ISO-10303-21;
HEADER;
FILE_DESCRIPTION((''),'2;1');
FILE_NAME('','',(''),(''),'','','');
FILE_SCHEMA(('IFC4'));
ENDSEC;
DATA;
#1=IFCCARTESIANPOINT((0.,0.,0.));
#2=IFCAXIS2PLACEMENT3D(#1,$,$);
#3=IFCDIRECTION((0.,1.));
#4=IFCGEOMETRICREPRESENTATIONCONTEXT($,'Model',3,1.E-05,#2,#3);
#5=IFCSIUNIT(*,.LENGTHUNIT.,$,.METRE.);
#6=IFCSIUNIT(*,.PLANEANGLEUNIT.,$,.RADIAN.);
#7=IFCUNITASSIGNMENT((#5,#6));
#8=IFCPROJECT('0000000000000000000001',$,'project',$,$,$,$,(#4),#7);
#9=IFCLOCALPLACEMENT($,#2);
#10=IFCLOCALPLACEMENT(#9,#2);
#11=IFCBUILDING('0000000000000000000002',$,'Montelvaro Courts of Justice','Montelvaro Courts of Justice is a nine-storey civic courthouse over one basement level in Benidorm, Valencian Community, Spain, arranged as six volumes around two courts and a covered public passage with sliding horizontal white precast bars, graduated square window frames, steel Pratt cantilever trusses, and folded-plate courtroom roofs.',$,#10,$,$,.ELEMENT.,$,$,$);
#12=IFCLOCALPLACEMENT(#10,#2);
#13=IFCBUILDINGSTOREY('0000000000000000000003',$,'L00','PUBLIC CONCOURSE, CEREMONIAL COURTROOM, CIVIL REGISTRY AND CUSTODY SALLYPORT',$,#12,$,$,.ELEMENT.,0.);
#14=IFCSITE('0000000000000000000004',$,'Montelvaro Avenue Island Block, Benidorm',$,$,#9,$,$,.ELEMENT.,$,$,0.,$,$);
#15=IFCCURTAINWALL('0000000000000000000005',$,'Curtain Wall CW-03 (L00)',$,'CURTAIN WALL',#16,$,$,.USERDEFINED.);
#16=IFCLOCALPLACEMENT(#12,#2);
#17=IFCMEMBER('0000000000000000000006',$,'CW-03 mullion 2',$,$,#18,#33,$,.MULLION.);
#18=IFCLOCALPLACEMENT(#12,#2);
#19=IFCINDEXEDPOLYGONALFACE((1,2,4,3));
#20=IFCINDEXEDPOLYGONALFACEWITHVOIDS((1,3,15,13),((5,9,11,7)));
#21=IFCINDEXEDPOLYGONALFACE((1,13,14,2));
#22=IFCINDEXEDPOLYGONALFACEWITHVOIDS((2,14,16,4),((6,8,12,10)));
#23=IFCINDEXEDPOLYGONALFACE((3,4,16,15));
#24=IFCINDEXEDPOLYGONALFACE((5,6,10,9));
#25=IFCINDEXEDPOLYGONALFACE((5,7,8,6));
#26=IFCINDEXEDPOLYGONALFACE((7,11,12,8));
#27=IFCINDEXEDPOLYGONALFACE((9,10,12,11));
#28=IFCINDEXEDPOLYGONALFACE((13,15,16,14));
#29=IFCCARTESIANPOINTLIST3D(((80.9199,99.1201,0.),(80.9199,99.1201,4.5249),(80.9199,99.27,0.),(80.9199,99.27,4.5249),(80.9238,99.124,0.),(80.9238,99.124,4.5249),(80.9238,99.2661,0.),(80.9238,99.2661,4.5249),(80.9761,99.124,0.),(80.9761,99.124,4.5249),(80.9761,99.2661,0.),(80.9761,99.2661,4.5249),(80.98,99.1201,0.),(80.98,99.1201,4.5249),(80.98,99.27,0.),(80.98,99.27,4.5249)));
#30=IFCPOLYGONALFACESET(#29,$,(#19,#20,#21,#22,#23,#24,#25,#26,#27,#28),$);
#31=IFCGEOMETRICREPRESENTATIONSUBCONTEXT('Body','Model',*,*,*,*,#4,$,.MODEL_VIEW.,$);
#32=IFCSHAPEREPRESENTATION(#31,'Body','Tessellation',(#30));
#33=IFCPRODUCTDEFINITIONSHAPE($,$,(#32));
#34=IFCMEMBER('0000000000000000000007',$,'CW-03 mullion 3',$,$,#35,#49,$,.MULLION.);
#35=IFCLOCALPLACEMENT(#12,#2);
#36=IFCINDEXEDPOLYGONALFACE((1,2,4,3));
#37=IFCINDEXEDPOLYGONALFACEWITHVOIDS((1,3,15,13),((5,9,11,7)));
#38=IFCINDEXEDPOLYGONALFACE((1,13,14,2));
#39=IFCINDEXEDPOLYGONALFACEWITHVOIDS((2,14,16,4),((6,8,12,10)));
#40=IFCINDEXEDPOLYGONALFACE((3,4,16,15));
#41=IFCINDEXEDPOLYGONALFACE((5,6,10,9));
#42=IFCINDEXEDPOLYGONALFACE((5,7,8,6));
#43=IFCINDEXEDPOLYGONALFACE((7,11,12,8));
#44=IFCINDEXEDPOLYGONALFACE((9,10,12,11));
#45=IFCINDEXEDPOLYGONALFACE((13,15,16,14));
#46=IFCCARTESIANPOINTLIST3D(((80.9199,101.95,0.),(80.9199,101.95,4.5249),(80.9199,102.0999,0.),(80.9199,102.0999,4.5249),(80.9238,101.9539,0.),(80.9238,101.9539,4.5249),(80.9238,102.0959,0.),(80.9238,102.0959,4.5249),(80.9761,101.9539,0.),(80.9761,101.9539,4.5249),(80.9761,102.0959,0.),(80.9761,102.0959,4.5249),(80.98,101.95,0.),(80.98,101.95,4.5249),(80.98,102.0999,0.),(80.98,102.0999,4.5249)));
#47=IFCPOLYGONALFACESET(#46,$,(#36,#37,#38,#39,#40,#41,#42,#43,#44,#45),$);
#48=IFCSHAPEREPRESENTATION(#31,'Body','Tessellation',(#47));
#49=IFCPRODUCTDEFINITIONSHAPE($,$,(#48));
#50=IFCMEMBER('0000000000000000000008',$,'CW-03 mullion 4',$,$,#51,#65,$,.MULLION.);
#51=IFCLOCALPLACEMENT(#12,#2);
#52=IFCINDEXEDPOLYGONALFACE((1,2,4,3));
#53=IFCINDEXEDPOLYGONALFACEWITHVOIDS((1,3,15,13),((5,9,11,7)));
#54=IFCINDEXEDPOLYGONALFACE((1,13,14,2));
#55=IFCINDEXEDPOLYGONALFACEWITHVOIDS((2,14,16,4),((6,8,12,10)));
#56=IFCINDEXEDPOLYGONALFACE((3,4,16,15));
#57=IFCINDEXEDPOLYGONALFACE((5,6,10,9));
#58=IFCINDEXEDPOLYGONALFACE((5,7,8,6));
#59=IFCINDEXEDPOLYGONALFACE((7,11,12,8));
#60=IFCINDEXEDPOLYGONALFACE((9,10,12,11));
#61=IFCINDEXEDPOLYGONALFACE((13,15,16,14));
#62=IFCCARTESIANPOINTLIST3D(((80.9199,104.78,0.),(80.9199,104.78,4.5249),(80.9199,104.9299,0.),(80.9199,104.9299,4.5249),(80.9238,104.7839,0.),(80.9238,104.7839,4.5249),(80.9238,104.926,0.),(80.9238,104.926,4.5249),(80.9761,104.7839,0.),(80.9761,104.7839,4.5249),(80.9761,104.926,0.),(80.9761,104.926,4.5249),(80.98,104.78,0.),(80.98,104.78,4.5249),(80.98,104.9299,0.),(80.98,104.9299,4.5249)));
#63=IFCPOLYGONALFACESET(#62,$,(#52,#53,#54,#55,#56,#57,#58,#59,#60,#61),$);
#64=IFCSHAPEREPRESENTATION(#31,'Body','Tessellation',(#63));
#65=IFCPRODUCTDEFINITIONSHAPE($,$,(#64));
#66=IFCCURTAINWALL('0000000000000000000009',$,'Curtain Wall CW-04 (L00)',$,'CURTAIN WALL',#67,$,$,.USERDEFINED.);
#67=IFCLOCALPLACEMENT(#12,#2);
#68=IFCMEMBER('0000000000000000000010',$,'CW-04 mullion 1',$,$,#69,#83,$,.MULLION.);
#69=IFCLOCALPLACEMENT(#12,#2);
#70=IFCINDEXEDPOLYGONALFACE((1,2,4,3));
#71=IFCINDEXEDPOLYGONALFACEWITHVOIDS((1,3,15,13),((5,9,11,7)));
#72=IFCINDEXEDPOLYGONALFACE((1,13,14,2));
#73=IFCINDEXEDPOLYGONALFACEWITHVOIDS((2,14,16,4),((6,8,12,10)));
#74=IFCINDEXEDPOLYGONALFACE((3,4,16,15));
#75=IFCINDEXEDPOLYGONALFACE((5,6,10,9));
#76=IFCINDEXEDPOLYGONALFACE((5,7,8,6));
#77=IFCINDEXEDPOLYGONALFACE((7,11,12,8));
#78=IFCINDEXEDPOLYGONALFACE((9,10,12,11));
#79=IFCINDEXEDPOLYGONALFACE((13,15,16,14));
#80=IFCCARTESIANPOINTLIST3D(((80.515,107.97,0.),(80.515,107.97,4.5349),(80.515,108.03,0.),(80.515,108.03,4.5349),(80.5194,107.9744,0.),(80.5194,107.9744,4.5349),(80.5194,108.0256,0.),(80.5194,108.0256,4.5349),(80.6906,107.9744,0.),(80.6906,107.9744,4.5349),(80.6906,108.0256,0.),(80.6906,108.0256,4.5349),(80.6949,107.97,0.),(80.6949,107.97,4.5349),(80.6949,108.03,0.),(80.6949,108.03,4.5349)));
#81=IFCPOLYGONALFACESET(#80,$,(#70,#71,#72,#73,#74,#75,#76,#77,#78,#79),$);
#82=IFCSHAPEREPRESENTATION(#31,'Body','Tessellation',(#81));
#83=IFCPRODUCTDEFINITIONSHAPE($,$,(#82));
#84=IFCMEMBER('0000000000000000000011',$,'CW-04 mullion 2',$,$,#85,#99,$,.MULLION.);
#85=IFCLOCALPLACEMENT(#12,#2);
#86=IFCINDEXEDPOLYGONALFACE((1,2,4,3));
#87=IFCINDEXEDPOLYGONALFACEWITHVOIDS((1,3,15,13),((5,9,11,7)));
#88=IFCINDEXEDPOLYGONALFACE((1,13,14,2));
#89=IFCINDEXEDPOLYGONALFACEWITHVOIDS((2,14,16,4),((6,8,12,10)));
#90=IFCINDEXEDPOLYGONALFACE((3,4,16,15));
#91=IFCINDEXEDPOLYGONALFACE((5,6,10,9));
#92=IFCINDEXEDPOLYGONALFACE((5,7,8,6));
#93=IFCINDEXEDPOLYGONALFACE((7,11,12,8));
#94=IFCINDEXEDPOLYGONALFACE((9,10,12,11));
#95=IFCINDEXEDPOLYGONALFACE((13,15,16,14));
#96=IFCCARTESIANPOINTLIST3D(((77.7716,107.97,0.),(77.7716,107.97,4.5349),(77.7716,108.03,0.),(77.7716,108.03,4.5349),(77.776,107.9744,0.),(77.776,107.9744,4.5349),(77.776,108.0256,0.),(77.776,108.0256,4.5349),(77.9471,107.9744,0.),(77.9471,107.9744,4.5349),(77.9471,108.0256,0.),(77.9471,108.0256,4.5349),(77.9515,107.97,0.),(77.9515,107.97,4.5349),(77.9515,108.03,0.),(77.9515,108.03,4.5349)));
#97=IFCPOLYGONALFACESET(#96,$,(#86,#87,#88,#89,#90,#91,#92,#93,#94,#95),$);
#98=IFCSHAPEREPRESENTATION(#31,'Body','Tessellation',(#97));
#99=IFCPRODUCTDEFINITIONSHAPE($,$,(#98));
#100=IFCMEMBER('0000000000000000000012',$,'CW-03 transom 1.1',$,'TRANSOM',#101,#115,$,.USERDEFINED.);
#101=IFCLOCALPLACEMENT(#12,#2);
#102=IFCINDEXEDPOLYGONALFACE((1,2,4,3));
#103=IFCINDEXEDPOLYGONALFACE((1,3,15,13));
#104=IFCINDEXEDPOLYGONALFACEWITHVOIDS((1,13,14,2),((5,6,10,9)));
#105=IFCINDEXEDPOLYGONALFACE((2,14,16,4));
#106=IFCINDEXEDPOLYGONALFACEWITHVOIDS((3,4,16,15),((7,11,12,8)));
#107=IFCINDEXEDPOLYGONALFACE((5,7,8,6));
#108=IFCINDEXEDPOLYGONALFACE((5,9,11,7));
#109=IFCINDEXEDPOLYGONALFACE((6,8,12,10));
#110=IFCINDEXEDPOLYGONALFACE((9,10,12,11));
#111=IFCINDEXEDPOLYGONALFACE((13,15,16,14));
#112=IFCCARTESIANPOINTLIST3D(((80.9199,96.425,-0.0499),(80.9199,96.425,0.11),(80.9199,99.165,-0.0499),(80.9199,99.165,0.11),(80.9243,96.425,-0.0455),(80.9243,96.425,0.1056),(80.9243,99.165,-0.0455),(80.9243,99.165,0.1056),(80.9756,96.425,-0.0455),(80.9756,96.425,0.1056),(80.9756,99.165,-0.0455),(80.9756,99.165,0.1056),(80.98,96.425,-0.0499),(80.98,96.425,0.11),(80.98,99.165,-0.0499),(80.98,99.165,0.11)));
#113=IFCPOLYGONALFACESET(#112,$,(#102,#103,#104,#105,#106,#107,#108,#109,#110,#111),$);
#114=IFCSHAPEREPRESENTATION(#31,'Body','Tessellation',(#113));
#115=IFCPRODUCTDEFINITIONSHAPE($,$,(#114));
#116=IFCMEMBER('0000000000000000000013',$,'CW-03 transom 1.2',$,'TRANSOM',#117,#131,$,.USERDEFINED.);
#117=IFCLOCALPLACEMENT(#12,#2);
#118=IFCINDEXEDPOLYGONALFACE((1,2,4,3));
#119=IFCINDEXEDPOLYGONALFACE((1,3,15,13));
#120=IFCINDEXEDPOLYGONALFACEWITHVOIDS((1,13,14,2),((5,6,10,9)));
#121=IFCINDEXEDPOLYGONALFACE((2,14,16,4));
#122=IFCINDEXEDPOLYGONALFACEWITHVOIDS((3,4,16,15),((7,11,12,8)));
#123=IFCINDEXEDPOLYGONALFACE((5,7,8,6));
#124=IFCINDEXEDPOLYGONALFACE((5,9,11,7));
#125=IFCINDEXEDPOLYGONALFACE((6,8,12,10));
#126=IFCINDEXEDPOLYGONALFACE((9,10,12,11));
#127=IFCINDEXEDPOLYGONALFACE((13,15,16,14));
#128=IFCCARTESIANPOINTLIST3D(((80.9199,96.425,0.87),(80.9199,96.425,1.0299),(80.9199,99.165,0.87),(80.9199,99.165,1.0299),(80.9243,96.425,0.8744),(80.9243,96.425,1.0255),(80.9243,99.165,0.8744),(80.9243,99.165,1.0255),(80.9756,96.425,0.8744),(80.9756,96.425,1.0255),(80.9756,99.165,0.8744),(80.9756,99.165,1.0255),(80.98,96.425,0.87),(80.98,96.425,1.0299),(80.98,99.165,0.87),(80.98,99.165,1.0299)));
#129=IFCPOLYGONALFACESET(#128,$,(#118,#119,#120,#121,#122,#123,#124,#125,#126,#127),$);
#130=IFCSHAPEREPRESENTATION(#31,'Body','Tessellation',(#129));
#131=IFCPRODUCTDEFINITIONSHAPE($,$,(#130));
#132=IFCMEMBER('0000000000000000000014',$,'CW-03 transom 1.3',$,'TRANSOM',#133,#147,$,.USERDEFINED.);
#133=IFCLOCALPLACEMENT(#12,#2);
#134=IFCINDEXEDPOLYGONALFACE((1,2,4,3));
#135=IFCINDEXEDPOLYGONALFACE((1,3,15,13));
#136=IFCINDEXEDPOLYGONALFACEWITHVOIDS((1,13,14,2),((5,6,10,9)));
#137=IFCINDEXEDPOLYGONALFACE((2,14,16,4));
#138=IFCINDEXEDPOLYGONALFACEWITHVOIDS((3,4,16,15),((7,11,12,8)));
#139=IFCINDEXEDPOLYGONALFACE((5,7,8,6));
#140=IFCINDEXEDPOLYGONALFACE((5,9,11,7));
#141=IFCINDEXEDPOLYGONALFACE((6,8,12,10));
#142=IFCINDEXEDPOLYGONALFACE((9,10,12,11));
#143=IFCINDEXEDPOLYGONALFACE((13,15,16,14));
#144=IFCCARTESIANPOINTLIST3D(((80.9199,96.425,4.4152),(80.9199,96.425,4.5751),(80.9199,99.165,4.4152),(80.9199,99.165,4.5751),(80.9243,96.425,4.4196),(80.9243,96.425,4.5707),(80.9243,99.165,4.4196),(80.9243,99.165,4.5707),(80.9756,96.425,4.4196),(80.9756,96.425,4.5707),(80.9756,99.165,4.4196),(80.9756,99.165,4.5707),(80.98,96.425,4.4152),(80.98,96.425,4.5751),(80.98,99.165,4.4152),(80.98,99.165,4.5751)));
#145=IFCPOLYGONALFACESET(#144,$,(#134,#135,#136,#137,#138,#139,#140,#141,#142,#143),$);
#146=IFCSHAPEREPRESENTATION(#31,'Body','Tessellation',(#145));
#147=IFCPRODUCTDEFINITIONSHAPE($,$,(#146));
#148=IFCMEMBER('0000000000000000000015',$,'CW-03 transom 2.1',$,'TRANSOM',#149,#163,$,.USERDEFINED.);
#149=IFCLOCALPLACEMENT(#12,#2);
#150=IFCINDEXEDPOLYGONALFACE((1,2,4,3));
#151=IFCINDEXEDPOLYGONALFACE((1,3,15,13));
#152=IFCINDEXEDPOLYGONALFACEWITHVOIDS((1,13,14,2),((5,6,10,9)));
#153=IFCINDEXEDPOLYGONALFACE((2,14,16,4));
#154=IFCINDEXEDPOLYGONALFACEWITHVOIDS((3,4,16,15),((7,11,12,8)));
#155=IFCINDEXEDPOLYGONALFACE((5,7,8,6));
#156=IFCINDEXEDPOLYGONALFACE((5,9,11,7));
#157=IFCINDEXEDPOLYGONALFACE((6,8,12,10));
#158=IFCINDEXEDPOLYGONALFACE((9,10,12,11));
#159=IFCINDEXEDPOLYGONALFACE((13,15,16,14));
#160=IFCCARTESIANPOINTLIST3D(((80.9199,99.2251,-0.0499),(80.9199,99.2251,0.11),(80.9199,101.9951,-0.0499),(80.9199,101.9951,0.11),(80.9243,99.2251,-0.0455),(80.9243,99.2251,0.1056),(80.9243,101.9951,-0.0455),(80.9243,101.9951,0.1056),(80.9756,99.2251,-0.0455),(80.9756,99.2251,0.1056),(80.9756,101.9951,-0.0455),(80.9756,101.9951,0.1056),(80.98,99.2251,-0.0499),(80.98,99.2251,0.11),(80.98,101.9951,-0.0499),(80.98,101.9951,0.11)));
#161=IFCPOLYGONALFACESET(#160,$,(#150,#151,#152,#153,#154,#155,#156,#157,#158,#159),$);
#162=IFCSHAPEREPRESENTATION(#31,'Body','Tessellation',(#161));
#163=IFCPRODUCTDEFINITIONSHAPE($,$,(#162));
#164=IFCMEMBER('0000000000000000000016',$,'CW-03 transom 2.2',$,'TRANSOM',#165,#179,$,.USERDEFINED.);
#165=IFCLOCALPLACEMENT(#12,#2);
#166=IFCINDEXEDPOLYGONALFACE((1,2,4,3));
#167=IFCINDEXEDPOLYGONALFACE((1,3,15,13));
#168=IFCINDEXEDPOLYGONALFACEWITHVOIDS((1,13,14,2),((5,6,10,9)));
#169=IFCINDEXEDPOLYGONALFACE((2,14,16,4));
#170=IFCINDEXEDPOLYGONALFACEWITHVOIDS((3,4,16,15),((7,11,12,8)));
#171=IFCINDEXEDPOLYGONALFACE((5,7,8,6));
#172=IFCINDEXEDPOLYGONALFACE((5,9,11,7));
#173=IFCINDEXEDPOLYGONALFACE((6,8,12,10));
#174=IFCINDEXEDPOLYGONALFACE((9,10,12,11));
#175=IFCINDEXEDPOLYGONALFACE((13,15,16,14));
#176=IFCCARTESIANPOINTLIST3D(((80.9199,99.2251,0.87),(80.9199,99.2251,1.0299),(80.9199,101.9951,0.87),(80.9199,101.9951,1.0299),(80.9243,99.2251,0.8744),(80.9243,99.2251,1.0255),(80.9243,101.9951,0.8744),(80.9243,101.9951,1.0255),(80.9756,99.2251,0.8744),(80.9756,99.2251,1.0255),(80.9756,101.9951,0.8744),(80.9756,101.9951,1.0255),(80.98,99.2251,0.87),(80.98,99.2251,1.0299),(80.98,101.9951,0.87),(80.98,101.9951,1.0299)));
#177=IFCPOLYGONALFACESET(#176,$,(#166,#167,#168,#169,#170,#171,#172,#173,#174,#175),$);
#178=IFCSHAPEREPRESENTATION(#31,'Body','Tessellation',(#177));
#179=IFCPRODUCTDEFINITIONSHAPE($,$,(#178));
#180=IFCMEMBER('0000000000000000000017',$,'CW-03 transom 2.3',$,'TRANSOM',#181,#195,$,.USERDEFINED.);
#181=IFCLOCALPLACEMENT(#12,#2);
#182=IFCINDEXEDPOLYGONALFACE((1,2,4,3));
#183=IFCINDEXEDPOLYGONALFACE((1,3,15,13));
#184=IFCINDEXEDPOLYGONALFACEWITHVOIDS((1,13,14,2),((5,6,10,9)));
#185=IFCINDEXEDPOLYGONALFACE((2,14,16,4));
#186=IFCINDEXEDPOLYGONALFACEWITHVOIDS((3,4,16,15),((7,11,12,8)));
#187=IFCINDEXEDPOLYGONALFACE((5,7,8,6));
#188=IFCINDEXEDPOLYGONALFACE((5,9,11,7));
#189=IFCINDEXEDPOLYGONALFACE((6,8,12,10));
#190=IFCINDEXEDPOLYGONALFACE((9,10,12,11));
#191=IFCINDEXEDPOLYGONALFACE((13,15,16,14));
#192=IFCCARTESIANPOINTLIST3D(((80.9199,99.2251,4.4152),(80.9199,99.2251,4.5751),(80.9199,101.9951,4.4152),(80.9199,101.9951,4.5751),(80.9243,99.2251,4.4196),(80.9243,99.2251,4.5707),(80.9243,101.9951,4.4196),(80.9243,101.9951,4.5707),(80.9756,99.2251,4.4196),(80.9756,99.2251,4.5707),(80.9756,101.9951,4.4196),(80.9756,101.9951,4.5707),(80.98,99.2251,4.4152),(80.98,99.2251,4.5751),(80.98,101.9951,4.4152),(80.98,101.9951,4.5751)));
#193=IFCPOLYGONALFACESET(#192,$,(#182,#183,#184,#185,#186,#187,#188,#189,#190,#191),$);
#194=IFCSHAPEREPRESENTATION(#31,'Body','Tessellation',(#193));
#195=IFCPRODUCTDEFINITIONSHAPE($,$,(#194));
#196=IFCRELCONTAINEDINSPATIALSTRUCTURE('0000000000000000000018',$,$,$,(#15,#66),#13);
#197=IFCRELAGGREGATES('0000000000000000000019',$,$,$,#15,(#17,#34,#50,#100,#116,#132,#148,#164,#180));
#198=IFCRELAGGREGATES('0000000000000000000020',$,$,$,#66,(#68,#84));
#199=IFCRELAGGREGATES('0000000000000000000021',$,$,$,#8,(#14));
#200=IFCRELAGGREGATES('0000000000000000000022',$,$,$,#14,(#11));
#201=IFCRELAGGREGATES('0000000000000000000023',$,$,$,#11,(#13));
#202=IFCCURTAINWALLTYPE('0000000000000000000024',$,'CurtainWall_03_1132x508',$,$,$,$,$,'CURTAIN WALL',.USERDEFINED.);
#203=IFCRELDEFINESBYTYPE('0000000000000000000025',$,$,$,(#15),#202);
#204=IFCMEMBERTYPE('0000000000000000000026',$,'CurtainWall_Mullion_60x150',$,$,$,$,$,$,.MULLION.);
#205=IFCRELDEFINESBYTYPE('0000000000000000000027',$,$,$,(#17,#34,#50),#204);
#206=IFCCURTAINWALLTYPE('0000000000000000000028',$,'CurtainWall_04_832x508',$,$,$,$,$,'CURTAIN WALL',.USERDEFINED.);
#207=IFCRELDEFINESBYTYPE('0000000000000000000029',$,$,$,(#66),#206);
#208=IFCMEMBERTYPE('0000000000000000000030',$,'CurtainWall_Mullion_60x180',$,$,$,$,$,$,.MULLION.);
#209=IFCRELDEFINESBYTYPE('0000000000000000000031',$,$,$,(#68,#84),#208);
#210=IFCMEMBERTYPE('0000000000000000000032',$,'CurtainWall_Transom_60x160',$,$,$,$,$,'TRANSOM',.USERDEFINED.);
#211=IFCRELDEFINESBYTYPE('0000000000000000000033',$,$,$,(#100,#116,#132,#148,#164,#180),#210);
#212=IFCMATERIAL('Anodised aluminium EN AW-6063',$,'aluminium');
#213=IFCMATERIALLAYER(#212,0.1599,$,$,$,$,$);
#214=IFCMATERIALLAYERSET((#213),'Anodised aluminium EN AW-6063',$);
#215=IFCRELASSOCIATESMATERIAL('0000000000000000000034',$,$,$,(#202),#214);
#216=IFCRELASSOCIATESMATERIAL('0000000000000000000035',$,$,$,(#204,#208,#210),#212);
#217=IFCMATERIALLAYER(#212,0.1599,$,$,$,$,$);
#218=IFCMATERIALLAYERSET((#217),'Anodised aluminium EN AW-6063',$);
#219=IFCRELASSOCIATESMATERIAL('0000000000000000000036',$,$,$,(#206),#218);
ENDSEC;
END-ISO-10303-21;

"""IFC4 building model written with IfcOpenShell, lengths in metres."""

from ifc_helpers import new_model, si_unit, direction, frame, origin, origin_2d, place, context, subcontext, project, spatial, hollow_rectangle, extrude, material, layer, layer_set, material_profile, profile_set, type_object, element, aggregate, save


model = new_model("IFC4")

# Units and contexts
model_context = context("Model", 3, precision=1e-05, world=origin(), true_north=direction((0.0, 1.0)))
body_context = subcontext(model_context, "Body", "Model", "MODEL_VIEW")
ifc_project = project(units=[si_unit("LENGTHUNIT", "METRE"), si_unit("PLANEANGLEUNIT", "RADIAN")], contexts=[model_context])

# Site, building, storey
site_placement = place(None, origin())
site = spatial("IfcSite", under=ifc_project, at=site_placement, Name="Montelvaro Avenue Island Block, Benidorm", CompositionType="ELEMENT", RefElevation=0.0)
building_placement = place(site_placement, origin())
building = spatial("IfcBuilding", under=site, at=building_placement, Name="Montelvaro Courts of Justice", Description="Montelvaro Courts of Justice is a nine-storey civic courthouse over one basement level in Benidorm, Valencian Community, Spain, arranged as six volumes around two courts and a covered public passage with sliding horizontal white precast bars, graduated square window frames, steel Pratt cantilever trusses, and folded-plate courtroom roofs.", CompositionType="ELEMENT")
storey_placement = place(building_placement, origin())
storey = spatial("IfcBuildingStorey", under=building, at=storey_placement, Name="L00", Description="PUBLIC CONCOURSE, CEREMONIAL COURTROOM, CIVIL REGISTRY AND CUSTODY SALLYPORT", CompositionType="ELEMENT", Elevation=0.0)

# Curtain walls, members
ifc_material_1 = material(Name="Anodised aluminium EN AW-6063", Category="aluminium")
ifc_layer_1 = layer(ifc_material_1, 0.1599)
ifc_layer_set_1 = layer_set([ifc_layer_1], Name="Anodised aluminium EN AW-6063")
curtain_wall_type_1 = type_object("IfcCurtainWallType", Name="CurtainWall_03_1132x508", ElementType="CURTAIN WALL", PredefinedType="USERDEFINED", material=ifc_layer_set_1)
curtain_wall_1_placement = place(storey_placement, origin())
curtain_wall_1 = element("IfcCurtainWall", 1, at=curtain_wall_1_placement, inside=storey, type_object=curtain_wall_type_1, Name="Curtain Wall CW-03 (L00)", ObjectType="CURTAIN WALL", PredefinedType="USERDEFINED")
ifc_material_profile_1 = material_profile(ifc_material_1, hollow_rectangle(XDim=0.0601, YDim=0.1499, WallThickness=0.0039, at=origin_2d()), Name="ALU-M 60x150")
ifc_profile_set_1 = profile_set([ifc_material_profile_1], Name="Anodised aluminium EN AW-6063")
member_type_1 = type_object("IfcMemberType", Name="CurtainWall_Mullion_60x150", PredefinedType="MULLION", material=ifc_profile_set_1)
member_1_placement = place(storey_placement, frame((80.95, 99.1951, 0.0), z_axis=(0.0, 0.0, 1.0), x_axis=(-1.0, 0.0, 0.0)))
member_1 = element("IfcMember", 2, at=member_1_placement, type_object=member_type_1, Name="CW-03 mullion 2", PredefinedType="MULLION", context=body_context, shape_type="SweptSolid", body=[
    extrude(hollow_rectangle(XDim=0.0601, YDim=0.1499, WallThickness=0.0039, at=origin_2d()), origin(), (0.0, 0.0, 1.0), 4.5249),
])
member_2_placement = place(storey_placement, frame((80.95, 102.0249, 0.0), z_axis=(0.0, 0.0, 1.0), x_axis=(-1.0, 0.0, 0.0)))
member_2 = element("IfcMember", 3, at=member_2_placement, type_object=member_type_1, Name="CW-03 mullion 3", PredefinedType="MULLION", context=body_context, shape_type="SweptSolid", body=[
    extrude(hollow_rectangle(XDim=0.0601, YDim=0.1499, WallThickness=0.0039, at=origin_2d()), origin(), (0.0, 0.0, 1.0), 4.5249),
])
member_3_placement = place(storey_placement, frame((80.95, 104.855, 0.0), z_axis=(0.0, 0.0, 1.0), x_axis=(-1.0, 0.0, 0.0)))
member_3 = element("IfcMember", 4, at=member_3_placement, type_object=member_type_1, Name="CW-03 mullion 4", PredefinedType="MULLION", context=body_context, shape_type="SweptSolid", body=[
    extrude(hollow_rectangle(XDim=0.0601, YDim=0.1499, WallThickness=0.0039, at=origin_2d()), origin(), (0.0, 0.0, 1.0), 4.5249),
])
ifc_layer_2 = layer(ifc_material_1, 0.1599)
ifc_layer_set_2 = layer_set([ifc_layer_2], Name="Anodised aluminium EN AW-6063")
curtain_wall_type_2 = type_object("IfcCurtainWallType", Name="CurtainWall_04_832x508", ElementType="CURTAIN WALL", PredefinedType="USERDEFINED", material=ifc_layer_set_2)
curtain_wall_2_placement = place(storey_placement, origin())
curtain_wall_2 = element("IfcCurtainWall", 5, at=curtain_wall_2_placement, inside=storey, type_object=curtain_wall_type_2, Name="Curtain Wall CW-04 (L00)", ObjectType="CURTAIN WALL", PredefinedType="USERDEFINED")
ifc_material_profile_2 = material_profile(ifc_material_1, hollow_rectangle(XDim=0.0601, YDim=0.1799, WallThickness=0.0044, at=origin_2d()), Name="ALU-M 60x180")
ifc_profile_set_2 = profile_set([ifc_material_profile_2], Name="Anodised aluminium EN AW-6063")
member_type_2 = type_object("IfcMemberType", Name="CurtainWall_Mullion_60x180", PredefinedType="MULLION", material=ifc_profile_set_2)
member_4_placement = place(storey_placement, frame((80.605, 108.0, 0.0), z_axis=(0.0, 0.0, 1.0), x_axis=(0.0, -1.0, 0.0)))
member_4 = element("IfcMember", 6, at=member_4_placement, type_object=member_type_2, Name="CW-04 mullion 1", PredefinedType="MULLION", context=body_context, shape_type="SweptSolid", body=[
    extrude(hollow_rectangle(XDim=0.0601, YDim=0.1799, WallThickness=0.0044, at=origin_2d()), origin(), (0.0, 0.0, 1.0), 4.5349),
])
member_5_placement = place(storey_placement, frame((77.8616, 108.0, 0.0), z_axis=(0.0, 0.0, 1.0), x_axis=(0.0, -1.0, 0.0)))
member_5 = element("IfcMember", 7, at=member_5_placement, type_object=member_type_2, Name="CW-04 mullion 2", PredefinedType="MULLION", context=body_context, shape_type="SweptSolid", body=[
    extrude(hollow_rectangle(XDim=0.0601, YDim=0.1799, WallThickness=0.0044, at=origin_2d()), origin(), (0.0, 0.0, 1.0), 4.5349),
])

# Members
ifc_material_profile_3 = material_profile(ifc_material_1, hollow_rectangle(XDim=0.0601, YDim=0.1599, WallThickness=0.0044, at=origin_2d()), Name="ALU-T 60x160")
ifc_profile_set_3 = profile_set([ifc_material_profile_3], Name="Anodised aluminium EN AW-6063")
member_type_3 = type_object("IfcMemberType", Name="CurtainWall_Transom_60x160", ElementType="TRANSOM", PredefinedType="USERDEFINED", material=ifc_profile_set_3)
member_6_placement = place(storey_placement, frame((80.95, 96.425, 0.03), z_axis=(0.0, 1.0, 0.0), x_axis=(-1.0, 0.0, 0.0)))
member_6 = element("IfcMember", 8, at=member_6_placement, type_object=member_type_3, Name="CW-03 transom 1.1", ObjectType="TRANSOM", PredefinedType="USERDEFINED", context=body_context, shape_type="SweptSolid", body=[
    extrude(hollow_rectangle(XDim=0.0601, YDim=0.1599, WallThickness=0.0044, at=origin_2d()), origin(), (0.0, 0.0, 1.0), 2.74),
])
member_7_placement = place(storey_placement, frame((80.95, 96.425, 0.95), z_axis=(0.0, 1.0, 0.0), x_axis=(-1.0, 0.0, 0.0)))
member_7 = element("IfcMember", 9, at=member_7_placement, type_object=member_type_3, Name="CW-03 transom 1.2", ObjectType="TRANSOM", PredefinedType="USERDEFINED", context=body_context, shape_type="SweptSolid", body=[
    extrude(hollow_rectangle(XDim=0.0601, YDim=0.1599, WallThickness=0.0044, at=origin_2d()), origin(), (0.0, 0.0, 1.0), 2.74),
])
member_8_placement = place(storey_placement, frame((80.95, 96.425, 4.4951), z_axis=(0.0, 1.0, 0.0), x_axis=(-1.0, 0.0, 0.0)))
member_8 = element("IfcMember", 10, at=member_8_placement, type_object=member_type_3, Name="CW-03 transom 1.3", ObjectType="TRANSOM", PredefinedType="USERDEFINED", context=body_context, shape_type="SweptSolid", body=[
    extrude(hollow_rectangle(XDim=0.0601, YDim=0.1599, WallThickness=0.0044, at=origin_2d()), origin(), (0.0, 0.0, 1.0), 2.74),
])
member_9_placement = place(storey_placement, frame((80.95, 99.2251, 0.03), z_axis=(0.0, 1.0, 0.0), x_axis=(-1.0, 0.0, 0.0)))
member_9 = element("IfcMember", 11, at=member_9_placement, type_object=member_type_3, Name="CW-03 transom 2.1", ObjectType="TRANSOM", PredefinedType="USERDEFINED", context=body_context, shape_type="SweptSolid", body=[
    extrude(hollow_rectangle(XDim=0.0601, YDim=0.1599, WallThickness=0.0044, at=origin_2d()), origin(), (0.0, 0.0, 1.0), 2.77),
])
member_10_placement = place(storey_placement, frame((80.95, 99.2251, 0.95), z_axis=(0.0, 1.0, 0.0), x_axis=(-1.0, 0.0, 0.0)))
member_10 = element("IfcMember", 12, at=member_10_placement, type_object=member_type_3, Name="CW-03 transom 2.2", ObjectType="TRANSOM", PredefinedType="USERDEFINED", context=body_context, shape_type="SweptSolid", body=[
    extrude(hollow_rectangle(XDim=0.0601, YDim=0.1599, WallThickness=0.0044, at=origin_2d()), origin(), (0.0, 0.0, 1.0), 2.77),
])
member_11_placement = place(storey_placement, frame((80.95, 99.2251, 4.4951), z_axis=(0.0, 1.0, 0.0), x_axis=(-1.0, 0.0, 0.0)))
member_11 = element("IfcMember", 13, at=member_11_placement, type_object=member_type_3, Name="CW-03 transom 2.3", ObjectType="TRANSOM", PredefinedType="USERDEFINED", context=body_context, shape_type="SweptSolid", body=[
    extrude(hollow_rectangle(XDim=0.0601, YDim=0.1599, WallThickness=0.0044, at=origin_2d()), origin(), (0.0, 0.0, 1.0), 2.77),
])

aggregate(curtain_wall_1, [member_1, member_2, member_3, member_6, member_7, member_8, member_9, member_10, member_11])
aggregate(curtain_wall_2, [member_4, member_5])

save(model, "model.ifc")
